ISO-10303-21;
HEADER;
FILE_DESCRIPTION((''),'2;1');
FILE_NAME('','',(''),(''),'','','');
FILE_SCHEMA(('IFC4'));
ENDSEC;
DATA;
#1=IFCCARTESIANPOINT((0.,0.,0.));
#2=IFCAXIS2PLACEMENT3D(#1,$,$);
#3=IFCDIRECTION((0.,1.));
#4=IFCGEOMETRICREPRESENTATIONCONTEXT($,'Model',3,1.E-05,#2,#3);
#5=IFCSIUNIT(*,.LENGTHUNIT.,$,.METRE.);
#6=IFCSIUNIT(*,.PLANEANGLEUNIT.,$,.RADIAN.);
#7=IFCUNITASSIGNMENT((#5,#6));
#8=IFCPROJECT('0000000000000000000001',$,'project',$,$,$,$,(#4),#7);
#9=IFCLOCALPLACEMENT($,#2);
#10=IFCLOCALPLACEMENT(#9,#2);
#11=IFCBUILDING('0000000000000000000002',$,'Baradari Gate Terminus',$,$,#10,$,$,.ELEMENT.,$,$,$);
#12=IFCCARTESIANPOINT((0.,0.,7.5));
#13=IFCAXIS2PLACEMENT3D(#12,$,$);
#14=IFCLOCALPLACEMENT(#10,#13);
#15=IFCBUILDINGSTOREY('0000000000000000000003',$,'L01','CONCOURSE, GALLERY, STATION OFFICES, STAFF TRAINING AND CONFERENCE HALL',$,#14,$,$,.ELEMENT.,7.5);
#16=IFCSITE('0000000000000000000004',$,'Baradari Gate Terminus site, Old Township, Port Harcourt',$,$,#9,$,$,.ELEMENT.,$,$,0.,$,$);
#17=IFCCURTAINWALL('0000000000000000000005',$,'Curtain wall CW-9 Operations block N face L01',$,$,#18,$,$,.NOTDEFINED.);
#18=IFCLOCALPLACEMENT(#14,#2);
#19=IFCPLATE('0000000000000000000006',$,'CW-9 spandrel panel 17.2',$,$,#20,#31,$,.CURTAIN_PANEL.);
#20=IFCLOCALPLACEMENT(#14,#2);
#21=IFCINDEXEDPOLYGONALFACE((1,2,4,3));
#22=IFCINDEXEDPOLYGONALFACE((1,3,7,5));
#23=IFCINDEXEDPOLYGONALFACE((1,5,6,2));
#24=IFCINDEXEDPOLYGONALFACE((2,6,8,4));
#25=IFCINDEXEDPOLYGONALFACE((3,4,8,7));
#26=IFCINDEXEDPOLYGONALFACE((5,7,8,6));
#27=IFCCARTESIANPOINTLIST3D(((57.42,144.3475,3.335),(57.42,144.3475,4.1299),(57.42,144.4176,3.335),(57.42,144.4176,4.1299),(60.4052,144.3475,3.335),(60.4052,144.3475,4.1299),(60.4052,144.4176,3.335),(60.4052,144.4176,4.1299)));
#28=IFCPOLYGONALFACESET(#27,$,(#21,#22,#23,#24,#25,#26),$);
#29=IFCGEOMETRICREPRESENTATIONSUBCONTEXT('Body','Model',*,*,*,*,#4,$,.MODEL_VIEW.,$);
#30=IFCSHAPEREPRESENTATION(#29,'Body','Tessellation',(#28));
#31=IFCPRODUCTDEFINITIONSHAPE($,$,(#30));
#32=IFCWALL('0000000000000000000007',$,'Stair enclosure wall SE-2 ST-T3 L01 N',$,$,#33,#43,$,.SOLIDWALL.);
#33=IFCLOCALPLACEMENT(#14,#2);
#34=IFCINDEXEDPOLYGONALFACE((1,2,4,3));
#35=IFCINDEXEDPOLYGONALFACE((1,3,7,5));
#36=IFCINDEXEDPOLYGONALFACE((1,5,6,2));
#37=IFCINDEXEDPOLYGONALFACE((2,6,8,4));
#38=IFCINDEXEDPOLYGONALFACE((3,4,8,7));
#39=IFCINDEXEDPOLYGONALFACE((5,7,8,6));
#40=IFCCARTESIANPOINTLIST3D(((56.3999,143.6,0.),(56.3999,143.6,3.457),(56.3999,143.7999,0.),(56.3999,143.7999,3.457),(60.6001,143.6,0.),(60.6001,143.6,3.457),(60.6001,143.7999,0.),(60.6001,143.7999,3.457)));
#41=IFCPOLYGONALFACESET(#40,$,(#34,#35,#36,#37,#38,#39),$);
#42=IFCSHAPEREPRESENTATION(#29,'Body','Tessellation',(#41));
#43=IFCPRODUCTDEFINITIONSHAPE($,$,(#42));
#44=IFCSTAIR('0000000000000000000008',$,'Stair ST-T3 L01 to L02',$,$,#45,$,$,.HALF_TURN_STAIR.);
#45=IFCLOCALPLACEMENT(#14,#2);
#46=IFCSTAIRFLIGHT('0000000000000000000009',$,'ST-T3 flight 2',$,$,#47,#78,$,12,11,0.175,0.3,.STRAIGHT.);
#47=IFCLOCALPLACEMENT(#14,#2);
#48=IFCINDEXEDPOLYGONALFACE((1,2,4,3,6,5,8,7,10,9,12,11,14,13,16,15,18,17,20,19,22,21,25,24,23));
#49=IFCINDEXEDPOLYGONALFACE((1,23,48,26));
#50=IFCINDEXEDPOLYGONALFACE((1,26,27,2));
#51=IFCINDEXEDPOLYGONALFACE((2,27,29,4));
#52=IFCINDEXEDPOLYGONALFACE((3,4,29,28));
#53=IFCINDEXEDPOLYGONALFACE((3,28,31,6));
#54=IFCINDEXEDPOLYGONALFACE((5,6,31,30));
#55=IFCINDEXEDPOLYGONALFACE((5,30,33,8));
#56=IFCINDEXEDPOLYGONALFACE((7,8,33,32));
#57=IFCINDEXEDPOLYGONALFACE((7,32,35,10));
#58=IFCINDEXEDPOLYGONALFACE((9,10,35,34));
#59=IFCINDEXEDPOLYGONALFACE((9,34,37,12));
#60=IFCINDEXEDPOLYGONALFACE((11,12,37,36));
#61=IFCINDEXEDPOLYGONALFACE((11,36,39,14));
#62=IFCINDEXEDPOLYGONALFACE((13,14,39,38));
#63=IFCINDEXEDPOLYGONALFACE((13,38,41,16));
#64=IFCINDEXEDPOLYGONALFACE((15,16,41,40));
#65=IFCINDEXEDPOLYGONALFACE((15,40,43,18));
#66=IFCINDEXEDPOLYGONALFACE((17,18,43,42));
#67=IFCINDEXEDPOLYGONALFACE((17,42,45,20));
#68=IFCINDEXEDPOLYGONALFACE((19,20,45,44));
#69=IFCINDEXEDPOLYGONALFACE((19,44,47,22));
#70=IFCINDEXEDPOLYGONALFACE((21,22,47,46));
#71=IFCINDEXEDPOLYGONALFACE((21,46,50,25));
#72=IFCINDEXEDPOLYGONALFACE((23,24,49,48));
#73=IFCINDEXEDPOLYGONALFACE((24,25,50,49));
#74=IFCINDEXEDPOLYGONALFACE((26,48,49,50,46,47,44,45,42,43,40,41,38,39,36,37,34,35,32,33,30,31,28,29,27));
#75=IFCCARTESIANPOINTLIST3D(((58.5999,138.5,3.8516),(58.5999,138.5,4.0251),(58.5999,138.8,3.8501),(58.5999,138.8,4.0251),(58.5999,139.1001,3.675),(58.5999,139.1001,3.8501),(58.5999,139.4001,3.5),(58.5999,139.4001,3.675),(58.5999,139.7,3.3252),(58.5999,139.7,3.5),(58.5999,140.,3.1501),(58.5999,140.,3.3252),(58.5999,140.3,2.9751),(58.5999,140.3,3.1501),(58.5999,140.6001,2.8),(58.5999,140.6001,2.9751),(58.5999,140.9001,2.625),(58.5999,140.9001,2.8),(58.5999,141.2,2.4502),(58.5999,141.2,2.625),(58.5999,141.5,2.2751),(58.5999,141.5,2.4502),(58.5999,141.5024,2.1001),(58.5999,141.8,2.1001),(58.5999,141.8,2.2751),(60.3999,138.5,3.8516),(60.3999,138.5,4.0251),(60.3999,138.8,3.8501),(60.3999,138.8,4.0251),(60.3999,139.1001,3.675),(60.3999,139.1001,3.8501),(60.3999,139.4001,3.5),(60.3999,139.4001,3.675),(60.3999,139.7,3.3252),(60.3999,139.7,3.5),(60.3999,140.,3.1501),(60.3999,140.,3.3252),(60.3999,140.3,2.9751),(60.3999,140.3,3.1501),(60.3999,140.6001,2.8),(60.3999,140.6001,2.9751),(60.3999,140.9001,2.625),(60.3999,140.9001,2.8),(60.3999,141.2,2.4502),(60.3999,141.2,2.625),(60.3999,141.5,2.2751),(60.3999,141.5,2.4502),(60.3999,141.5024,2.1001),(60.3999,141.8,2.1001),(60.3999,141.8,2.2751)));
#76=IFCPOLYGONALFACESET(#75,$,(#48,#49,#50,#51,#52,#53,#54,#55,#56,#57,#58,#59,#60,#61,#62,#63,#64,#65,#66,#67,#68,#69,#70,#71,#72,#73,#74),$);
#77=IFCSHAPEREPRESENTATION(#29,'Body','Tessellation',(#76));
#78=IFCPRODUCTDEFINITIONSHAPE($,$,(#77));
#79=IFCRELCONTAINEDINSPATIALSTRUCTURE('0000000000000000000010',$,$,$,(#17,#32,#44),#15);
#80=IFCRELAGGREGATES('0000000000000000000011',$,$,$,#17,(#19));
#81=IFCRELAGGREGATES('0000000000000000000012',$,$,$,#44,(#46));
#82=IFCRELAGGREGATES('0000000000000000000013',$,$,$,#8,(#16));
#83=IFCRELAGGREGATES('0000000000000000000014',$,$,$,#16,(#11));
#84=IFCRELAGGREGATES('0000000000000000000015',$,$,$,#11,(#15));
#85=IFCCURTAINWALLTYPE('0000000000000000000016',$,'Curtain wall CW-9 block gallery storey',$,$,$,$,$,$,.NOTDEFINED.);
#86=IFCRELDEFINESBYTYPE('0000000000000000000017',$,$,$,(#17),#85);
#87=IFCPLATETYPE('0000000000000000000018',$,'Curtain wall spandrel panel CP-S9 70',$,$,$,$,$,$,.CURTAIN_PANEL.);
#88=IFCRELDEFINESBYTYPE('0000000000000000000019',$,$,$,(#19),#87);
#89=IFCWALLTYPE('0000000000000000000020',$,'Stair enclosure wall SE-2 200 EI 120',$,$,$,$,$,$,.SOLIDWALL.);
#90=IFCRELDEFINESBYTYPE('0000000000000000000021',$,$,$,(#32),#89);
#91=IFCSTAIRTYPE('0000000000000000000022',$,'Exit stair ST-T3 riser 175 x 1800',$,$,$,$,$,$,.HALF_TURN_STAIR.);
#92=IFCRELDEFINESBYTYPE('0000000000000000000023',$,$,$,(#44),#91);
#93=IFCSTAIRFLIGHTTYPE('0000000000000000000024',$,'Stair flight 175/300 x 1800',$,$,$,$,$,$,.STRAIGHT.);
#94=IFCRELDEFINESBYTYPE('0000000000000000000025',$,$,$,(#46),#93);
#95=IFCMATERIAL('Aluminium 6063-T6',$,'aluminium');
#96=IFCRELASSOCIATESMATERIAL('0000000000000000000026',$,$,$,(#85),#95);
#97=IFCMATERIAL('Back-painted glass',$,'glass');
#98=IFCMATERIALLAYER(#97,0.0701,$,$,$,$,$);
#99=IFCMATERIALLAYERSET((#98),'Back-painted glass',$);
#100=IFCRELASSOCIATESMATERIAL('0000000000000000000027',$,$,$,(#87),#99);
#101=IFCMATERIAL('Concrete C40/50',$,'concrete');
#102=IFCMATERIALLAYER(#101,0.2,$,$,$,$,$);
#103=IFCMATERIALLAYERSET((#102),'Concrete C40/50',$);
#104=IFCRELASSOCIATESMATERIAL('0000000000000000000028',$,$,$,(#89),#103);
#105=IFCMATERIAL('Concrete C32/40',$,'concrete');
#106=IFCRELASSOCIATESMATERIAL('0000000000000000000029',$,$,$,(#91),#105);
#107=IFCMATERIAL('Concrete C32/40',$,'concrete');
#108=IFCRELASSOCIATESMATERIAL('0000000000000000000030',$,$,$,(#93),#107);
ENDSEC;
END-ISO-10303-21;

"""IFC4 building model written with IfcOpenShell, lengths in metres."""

from ifc_helpers import new_model, si_unit, direction, frame, frame_2d, origin, origin_2d, place, context, subcontext, project, spatial, polyline, rectangle, outline, extrude, material, layer, layer_set, type_object, element, aggregate, save


model = new_model("IFC4")

# Units and contexts
model_context = context("Model", 3, precision=1e-05, world=origin(), true_north=direction((0.0, 1.0)))
body_context = subcontext(model_context, "Body", "Model", "MODEL_VIEW")
ifc_project = project(units=[si_unit("LENGTHUNIT", "METRE"), si_unit("PLANEANGLEUNIT", "RADIAN")], contexts=[model_context])

# Site, building, storey
site_placement = place(None, origin())
site = spatial("IfcSite", under=ifc_project, at=site_placement, Name="Baradari Gate Terminus site, Old Township, Port Harcourt", CompositionType="ELEMENT", RefElevation=0.0)
building_placement = place(site_placement, origin())
building = spatial("IfcBuilding", under=site, at=building_placement, Name="Baradari Gate Terminus", CompositionType="ELEMENT")
storey_placement = place(building_placement, frame((0.0, 0.0, 7.5)))
storey = spatial("IfcBuildingStorey", under=building, at=storey_placement, Name="L01", Description="CONCOURSE, GALLERY, STATION OFFICES, STAFF TRAINING AND CONFERENCE HALL", CompositionType="ELEMENT", Elevation=7.5)

# Curtain wall
ifc_material_1 = material(Name="Aluminium 6063-T6", Category="aluminium")
curtain_wall_type = type_object("IfcCurtainWallType", Name="Curtain wall CW-9 block gallery storey", PredefinedType="NOTDEFINED", material=ifc_material_1)
curtain_wall_placement = place(storey_placement, origin())
curtain_wall = element("IfcCurtainWall", 1, at=curtain_wall_placement, inside=storey, type_object=curtain_wall_type, Name="Curtain wall CW-9 Operations block N face L01", PredefinedType="NOTDEFINED")

# Plate
ifc_material_2 = material(Name="Back-painted glass", Category="glass")
ifc_layer_1 = layer(ifc_material_2, 0.0701)
ifc_layer_set_1 = layer_set([ifc_layer_1], Name="Back-painted glass")
plate_type_1 = type_object("IfcPlateType", Name="Curtain wall spandrel panel CP-S9 70", PredefinedType="CURTAIN_PANEL", material=ifc_layer_set_1)
plate_1_placement = place(storey_placement, frame((58.9126, 144.3826, 3.335), z_axis=(0.0, 0.0, 1.0), x_axis=(1.0, 0.0, 0.0)))
plate_1 = element("IfcPlate", 2, at=plate_1_placement, type_object=plate_type_1, Name="CW-9 spandrel panel 17.2", PredefinedType="CURTAIN_PANEL", context=body_context, shape_type="SweptSolid", body=[
    extrude(rectangle(XDim=2.9851, YDim=0.0701, at=origin_2d()), origin(), (0.0, 0.0, 1.0), 0.7949),
])
aggregate(curtain_wall, [plate_1])

# Wall
ifc_material_3 = material(Name="Concrete C40/50", Category="concrete")
ifc_layer_2 = layer(ifc_material_3, 0.2)
ifc_layer_set_2 = layer_set([ifc_layer_2], Name="Concrete C40/50")
wall_type = type_object("IfcWallType", Name="Stair enclosure wall SE-2 200 EI 120", PredefinedType="SOLIDWALL", material=ifc_layer_set_2)
wall_placement = place(storey_placement, frame((56.3999, 143.7, 0.0), z_axis=(0.0, 0.0, 1.0), x_axis=(1.0, 0.0, 0.0)))
element("IfcWall", 3, at=wall_placement, inside=storey, type_object=wall_type, Name="Stair enclosure wall SE-2 ST-T3 L01 N", PredefinedType="SOLIDWALL", context=body_context, shape_type="SweptSolid", body=[
    extrude(rectangle(XDim=4.2002, YDim=0.2, at=frame_2d((2.1001, 0.0))), origin(), (0.0, 0.0, 1.0), 3.457),
])

# Stair, stair flight
ifc_material_4 = material(Name="Concrete C32/40", Category="concrete")
stair_type = type_object("IfcStairType", Name="Exit stair ST-T3 riser 175 x 1800", PredefinedType="HALF_TURN_STAIR", material=ifc_material_4)
stair_placement = place(storey_placement, origin())
stair = element("IfcStair", 4, at=stair_placement, inside=storey, type_object=stair_type, Name="Stair ST-T3 L01 to L02", PredefinedType="HALF_TURN_STAIR")
ifc_material_5 = material(Name="Concrete C32/40", Category="concrete")
stair_flight_type = type_object("IfcStairFlightType", Name="Stair flight 175/300 x 1800", PredefinedType="STRAIGHT", material=ifc_material_5)
stair_flight_placement = place(storey_placement, frame((59.5, 141.8, 2.1001), z_axis=(0.0, 0.0, 1.0), x_axis=(0.0, -1.0, 0.0)))
stair_flight = element("IfcStairFlight", 5, at=stair_flight_placement, type_object=stair_flight_type, Name="ST-T3 flight 2", NumberOfRisers=12, NumberOfTreads=11, PredefinedType="STRAIGHT", RiserHeight=0.175, TreadLength=0.3, context=body_context, shape_type="SweptSolid", body=[
    extrude(outline(polyline([(0.0, 0.0), (0.0, 0.175), (0.3, 0.175), (0.3, 0.3501), (0.6001, 0.3501), (0.6001, 0.5249), (0.8999, 0.5249), (0.8999, 0.7), (1.2, 0.7), (1.2, 0.875), (1.5, 0.875), (1.5, 1.05), (1.8, 1.05), (1.8, 1.2251), (2.1001, 1.2251), (2.1001, 1.3999), (2.3999, 1.3999), (2.3999, 1.575), (2.7, 1.575), (2.7, 1.75), (3.0, 1.75), (3.0, 1.925), (3.3, 1.925), (3.3, 2.1001), (3.3, 1.7515), (0.2976, 0.0), (0.0, 0.0)])), frame((0.0, 0.8999, 0.0), z_axis=(0.0, -1.0, 0.0), x_axis=(1.0, 0.0, 0.0)), (0.0, 0.0, 1.0), 1.8),
])
aggregate(stair, [stair_flight])

save(model, "model.ifc")
